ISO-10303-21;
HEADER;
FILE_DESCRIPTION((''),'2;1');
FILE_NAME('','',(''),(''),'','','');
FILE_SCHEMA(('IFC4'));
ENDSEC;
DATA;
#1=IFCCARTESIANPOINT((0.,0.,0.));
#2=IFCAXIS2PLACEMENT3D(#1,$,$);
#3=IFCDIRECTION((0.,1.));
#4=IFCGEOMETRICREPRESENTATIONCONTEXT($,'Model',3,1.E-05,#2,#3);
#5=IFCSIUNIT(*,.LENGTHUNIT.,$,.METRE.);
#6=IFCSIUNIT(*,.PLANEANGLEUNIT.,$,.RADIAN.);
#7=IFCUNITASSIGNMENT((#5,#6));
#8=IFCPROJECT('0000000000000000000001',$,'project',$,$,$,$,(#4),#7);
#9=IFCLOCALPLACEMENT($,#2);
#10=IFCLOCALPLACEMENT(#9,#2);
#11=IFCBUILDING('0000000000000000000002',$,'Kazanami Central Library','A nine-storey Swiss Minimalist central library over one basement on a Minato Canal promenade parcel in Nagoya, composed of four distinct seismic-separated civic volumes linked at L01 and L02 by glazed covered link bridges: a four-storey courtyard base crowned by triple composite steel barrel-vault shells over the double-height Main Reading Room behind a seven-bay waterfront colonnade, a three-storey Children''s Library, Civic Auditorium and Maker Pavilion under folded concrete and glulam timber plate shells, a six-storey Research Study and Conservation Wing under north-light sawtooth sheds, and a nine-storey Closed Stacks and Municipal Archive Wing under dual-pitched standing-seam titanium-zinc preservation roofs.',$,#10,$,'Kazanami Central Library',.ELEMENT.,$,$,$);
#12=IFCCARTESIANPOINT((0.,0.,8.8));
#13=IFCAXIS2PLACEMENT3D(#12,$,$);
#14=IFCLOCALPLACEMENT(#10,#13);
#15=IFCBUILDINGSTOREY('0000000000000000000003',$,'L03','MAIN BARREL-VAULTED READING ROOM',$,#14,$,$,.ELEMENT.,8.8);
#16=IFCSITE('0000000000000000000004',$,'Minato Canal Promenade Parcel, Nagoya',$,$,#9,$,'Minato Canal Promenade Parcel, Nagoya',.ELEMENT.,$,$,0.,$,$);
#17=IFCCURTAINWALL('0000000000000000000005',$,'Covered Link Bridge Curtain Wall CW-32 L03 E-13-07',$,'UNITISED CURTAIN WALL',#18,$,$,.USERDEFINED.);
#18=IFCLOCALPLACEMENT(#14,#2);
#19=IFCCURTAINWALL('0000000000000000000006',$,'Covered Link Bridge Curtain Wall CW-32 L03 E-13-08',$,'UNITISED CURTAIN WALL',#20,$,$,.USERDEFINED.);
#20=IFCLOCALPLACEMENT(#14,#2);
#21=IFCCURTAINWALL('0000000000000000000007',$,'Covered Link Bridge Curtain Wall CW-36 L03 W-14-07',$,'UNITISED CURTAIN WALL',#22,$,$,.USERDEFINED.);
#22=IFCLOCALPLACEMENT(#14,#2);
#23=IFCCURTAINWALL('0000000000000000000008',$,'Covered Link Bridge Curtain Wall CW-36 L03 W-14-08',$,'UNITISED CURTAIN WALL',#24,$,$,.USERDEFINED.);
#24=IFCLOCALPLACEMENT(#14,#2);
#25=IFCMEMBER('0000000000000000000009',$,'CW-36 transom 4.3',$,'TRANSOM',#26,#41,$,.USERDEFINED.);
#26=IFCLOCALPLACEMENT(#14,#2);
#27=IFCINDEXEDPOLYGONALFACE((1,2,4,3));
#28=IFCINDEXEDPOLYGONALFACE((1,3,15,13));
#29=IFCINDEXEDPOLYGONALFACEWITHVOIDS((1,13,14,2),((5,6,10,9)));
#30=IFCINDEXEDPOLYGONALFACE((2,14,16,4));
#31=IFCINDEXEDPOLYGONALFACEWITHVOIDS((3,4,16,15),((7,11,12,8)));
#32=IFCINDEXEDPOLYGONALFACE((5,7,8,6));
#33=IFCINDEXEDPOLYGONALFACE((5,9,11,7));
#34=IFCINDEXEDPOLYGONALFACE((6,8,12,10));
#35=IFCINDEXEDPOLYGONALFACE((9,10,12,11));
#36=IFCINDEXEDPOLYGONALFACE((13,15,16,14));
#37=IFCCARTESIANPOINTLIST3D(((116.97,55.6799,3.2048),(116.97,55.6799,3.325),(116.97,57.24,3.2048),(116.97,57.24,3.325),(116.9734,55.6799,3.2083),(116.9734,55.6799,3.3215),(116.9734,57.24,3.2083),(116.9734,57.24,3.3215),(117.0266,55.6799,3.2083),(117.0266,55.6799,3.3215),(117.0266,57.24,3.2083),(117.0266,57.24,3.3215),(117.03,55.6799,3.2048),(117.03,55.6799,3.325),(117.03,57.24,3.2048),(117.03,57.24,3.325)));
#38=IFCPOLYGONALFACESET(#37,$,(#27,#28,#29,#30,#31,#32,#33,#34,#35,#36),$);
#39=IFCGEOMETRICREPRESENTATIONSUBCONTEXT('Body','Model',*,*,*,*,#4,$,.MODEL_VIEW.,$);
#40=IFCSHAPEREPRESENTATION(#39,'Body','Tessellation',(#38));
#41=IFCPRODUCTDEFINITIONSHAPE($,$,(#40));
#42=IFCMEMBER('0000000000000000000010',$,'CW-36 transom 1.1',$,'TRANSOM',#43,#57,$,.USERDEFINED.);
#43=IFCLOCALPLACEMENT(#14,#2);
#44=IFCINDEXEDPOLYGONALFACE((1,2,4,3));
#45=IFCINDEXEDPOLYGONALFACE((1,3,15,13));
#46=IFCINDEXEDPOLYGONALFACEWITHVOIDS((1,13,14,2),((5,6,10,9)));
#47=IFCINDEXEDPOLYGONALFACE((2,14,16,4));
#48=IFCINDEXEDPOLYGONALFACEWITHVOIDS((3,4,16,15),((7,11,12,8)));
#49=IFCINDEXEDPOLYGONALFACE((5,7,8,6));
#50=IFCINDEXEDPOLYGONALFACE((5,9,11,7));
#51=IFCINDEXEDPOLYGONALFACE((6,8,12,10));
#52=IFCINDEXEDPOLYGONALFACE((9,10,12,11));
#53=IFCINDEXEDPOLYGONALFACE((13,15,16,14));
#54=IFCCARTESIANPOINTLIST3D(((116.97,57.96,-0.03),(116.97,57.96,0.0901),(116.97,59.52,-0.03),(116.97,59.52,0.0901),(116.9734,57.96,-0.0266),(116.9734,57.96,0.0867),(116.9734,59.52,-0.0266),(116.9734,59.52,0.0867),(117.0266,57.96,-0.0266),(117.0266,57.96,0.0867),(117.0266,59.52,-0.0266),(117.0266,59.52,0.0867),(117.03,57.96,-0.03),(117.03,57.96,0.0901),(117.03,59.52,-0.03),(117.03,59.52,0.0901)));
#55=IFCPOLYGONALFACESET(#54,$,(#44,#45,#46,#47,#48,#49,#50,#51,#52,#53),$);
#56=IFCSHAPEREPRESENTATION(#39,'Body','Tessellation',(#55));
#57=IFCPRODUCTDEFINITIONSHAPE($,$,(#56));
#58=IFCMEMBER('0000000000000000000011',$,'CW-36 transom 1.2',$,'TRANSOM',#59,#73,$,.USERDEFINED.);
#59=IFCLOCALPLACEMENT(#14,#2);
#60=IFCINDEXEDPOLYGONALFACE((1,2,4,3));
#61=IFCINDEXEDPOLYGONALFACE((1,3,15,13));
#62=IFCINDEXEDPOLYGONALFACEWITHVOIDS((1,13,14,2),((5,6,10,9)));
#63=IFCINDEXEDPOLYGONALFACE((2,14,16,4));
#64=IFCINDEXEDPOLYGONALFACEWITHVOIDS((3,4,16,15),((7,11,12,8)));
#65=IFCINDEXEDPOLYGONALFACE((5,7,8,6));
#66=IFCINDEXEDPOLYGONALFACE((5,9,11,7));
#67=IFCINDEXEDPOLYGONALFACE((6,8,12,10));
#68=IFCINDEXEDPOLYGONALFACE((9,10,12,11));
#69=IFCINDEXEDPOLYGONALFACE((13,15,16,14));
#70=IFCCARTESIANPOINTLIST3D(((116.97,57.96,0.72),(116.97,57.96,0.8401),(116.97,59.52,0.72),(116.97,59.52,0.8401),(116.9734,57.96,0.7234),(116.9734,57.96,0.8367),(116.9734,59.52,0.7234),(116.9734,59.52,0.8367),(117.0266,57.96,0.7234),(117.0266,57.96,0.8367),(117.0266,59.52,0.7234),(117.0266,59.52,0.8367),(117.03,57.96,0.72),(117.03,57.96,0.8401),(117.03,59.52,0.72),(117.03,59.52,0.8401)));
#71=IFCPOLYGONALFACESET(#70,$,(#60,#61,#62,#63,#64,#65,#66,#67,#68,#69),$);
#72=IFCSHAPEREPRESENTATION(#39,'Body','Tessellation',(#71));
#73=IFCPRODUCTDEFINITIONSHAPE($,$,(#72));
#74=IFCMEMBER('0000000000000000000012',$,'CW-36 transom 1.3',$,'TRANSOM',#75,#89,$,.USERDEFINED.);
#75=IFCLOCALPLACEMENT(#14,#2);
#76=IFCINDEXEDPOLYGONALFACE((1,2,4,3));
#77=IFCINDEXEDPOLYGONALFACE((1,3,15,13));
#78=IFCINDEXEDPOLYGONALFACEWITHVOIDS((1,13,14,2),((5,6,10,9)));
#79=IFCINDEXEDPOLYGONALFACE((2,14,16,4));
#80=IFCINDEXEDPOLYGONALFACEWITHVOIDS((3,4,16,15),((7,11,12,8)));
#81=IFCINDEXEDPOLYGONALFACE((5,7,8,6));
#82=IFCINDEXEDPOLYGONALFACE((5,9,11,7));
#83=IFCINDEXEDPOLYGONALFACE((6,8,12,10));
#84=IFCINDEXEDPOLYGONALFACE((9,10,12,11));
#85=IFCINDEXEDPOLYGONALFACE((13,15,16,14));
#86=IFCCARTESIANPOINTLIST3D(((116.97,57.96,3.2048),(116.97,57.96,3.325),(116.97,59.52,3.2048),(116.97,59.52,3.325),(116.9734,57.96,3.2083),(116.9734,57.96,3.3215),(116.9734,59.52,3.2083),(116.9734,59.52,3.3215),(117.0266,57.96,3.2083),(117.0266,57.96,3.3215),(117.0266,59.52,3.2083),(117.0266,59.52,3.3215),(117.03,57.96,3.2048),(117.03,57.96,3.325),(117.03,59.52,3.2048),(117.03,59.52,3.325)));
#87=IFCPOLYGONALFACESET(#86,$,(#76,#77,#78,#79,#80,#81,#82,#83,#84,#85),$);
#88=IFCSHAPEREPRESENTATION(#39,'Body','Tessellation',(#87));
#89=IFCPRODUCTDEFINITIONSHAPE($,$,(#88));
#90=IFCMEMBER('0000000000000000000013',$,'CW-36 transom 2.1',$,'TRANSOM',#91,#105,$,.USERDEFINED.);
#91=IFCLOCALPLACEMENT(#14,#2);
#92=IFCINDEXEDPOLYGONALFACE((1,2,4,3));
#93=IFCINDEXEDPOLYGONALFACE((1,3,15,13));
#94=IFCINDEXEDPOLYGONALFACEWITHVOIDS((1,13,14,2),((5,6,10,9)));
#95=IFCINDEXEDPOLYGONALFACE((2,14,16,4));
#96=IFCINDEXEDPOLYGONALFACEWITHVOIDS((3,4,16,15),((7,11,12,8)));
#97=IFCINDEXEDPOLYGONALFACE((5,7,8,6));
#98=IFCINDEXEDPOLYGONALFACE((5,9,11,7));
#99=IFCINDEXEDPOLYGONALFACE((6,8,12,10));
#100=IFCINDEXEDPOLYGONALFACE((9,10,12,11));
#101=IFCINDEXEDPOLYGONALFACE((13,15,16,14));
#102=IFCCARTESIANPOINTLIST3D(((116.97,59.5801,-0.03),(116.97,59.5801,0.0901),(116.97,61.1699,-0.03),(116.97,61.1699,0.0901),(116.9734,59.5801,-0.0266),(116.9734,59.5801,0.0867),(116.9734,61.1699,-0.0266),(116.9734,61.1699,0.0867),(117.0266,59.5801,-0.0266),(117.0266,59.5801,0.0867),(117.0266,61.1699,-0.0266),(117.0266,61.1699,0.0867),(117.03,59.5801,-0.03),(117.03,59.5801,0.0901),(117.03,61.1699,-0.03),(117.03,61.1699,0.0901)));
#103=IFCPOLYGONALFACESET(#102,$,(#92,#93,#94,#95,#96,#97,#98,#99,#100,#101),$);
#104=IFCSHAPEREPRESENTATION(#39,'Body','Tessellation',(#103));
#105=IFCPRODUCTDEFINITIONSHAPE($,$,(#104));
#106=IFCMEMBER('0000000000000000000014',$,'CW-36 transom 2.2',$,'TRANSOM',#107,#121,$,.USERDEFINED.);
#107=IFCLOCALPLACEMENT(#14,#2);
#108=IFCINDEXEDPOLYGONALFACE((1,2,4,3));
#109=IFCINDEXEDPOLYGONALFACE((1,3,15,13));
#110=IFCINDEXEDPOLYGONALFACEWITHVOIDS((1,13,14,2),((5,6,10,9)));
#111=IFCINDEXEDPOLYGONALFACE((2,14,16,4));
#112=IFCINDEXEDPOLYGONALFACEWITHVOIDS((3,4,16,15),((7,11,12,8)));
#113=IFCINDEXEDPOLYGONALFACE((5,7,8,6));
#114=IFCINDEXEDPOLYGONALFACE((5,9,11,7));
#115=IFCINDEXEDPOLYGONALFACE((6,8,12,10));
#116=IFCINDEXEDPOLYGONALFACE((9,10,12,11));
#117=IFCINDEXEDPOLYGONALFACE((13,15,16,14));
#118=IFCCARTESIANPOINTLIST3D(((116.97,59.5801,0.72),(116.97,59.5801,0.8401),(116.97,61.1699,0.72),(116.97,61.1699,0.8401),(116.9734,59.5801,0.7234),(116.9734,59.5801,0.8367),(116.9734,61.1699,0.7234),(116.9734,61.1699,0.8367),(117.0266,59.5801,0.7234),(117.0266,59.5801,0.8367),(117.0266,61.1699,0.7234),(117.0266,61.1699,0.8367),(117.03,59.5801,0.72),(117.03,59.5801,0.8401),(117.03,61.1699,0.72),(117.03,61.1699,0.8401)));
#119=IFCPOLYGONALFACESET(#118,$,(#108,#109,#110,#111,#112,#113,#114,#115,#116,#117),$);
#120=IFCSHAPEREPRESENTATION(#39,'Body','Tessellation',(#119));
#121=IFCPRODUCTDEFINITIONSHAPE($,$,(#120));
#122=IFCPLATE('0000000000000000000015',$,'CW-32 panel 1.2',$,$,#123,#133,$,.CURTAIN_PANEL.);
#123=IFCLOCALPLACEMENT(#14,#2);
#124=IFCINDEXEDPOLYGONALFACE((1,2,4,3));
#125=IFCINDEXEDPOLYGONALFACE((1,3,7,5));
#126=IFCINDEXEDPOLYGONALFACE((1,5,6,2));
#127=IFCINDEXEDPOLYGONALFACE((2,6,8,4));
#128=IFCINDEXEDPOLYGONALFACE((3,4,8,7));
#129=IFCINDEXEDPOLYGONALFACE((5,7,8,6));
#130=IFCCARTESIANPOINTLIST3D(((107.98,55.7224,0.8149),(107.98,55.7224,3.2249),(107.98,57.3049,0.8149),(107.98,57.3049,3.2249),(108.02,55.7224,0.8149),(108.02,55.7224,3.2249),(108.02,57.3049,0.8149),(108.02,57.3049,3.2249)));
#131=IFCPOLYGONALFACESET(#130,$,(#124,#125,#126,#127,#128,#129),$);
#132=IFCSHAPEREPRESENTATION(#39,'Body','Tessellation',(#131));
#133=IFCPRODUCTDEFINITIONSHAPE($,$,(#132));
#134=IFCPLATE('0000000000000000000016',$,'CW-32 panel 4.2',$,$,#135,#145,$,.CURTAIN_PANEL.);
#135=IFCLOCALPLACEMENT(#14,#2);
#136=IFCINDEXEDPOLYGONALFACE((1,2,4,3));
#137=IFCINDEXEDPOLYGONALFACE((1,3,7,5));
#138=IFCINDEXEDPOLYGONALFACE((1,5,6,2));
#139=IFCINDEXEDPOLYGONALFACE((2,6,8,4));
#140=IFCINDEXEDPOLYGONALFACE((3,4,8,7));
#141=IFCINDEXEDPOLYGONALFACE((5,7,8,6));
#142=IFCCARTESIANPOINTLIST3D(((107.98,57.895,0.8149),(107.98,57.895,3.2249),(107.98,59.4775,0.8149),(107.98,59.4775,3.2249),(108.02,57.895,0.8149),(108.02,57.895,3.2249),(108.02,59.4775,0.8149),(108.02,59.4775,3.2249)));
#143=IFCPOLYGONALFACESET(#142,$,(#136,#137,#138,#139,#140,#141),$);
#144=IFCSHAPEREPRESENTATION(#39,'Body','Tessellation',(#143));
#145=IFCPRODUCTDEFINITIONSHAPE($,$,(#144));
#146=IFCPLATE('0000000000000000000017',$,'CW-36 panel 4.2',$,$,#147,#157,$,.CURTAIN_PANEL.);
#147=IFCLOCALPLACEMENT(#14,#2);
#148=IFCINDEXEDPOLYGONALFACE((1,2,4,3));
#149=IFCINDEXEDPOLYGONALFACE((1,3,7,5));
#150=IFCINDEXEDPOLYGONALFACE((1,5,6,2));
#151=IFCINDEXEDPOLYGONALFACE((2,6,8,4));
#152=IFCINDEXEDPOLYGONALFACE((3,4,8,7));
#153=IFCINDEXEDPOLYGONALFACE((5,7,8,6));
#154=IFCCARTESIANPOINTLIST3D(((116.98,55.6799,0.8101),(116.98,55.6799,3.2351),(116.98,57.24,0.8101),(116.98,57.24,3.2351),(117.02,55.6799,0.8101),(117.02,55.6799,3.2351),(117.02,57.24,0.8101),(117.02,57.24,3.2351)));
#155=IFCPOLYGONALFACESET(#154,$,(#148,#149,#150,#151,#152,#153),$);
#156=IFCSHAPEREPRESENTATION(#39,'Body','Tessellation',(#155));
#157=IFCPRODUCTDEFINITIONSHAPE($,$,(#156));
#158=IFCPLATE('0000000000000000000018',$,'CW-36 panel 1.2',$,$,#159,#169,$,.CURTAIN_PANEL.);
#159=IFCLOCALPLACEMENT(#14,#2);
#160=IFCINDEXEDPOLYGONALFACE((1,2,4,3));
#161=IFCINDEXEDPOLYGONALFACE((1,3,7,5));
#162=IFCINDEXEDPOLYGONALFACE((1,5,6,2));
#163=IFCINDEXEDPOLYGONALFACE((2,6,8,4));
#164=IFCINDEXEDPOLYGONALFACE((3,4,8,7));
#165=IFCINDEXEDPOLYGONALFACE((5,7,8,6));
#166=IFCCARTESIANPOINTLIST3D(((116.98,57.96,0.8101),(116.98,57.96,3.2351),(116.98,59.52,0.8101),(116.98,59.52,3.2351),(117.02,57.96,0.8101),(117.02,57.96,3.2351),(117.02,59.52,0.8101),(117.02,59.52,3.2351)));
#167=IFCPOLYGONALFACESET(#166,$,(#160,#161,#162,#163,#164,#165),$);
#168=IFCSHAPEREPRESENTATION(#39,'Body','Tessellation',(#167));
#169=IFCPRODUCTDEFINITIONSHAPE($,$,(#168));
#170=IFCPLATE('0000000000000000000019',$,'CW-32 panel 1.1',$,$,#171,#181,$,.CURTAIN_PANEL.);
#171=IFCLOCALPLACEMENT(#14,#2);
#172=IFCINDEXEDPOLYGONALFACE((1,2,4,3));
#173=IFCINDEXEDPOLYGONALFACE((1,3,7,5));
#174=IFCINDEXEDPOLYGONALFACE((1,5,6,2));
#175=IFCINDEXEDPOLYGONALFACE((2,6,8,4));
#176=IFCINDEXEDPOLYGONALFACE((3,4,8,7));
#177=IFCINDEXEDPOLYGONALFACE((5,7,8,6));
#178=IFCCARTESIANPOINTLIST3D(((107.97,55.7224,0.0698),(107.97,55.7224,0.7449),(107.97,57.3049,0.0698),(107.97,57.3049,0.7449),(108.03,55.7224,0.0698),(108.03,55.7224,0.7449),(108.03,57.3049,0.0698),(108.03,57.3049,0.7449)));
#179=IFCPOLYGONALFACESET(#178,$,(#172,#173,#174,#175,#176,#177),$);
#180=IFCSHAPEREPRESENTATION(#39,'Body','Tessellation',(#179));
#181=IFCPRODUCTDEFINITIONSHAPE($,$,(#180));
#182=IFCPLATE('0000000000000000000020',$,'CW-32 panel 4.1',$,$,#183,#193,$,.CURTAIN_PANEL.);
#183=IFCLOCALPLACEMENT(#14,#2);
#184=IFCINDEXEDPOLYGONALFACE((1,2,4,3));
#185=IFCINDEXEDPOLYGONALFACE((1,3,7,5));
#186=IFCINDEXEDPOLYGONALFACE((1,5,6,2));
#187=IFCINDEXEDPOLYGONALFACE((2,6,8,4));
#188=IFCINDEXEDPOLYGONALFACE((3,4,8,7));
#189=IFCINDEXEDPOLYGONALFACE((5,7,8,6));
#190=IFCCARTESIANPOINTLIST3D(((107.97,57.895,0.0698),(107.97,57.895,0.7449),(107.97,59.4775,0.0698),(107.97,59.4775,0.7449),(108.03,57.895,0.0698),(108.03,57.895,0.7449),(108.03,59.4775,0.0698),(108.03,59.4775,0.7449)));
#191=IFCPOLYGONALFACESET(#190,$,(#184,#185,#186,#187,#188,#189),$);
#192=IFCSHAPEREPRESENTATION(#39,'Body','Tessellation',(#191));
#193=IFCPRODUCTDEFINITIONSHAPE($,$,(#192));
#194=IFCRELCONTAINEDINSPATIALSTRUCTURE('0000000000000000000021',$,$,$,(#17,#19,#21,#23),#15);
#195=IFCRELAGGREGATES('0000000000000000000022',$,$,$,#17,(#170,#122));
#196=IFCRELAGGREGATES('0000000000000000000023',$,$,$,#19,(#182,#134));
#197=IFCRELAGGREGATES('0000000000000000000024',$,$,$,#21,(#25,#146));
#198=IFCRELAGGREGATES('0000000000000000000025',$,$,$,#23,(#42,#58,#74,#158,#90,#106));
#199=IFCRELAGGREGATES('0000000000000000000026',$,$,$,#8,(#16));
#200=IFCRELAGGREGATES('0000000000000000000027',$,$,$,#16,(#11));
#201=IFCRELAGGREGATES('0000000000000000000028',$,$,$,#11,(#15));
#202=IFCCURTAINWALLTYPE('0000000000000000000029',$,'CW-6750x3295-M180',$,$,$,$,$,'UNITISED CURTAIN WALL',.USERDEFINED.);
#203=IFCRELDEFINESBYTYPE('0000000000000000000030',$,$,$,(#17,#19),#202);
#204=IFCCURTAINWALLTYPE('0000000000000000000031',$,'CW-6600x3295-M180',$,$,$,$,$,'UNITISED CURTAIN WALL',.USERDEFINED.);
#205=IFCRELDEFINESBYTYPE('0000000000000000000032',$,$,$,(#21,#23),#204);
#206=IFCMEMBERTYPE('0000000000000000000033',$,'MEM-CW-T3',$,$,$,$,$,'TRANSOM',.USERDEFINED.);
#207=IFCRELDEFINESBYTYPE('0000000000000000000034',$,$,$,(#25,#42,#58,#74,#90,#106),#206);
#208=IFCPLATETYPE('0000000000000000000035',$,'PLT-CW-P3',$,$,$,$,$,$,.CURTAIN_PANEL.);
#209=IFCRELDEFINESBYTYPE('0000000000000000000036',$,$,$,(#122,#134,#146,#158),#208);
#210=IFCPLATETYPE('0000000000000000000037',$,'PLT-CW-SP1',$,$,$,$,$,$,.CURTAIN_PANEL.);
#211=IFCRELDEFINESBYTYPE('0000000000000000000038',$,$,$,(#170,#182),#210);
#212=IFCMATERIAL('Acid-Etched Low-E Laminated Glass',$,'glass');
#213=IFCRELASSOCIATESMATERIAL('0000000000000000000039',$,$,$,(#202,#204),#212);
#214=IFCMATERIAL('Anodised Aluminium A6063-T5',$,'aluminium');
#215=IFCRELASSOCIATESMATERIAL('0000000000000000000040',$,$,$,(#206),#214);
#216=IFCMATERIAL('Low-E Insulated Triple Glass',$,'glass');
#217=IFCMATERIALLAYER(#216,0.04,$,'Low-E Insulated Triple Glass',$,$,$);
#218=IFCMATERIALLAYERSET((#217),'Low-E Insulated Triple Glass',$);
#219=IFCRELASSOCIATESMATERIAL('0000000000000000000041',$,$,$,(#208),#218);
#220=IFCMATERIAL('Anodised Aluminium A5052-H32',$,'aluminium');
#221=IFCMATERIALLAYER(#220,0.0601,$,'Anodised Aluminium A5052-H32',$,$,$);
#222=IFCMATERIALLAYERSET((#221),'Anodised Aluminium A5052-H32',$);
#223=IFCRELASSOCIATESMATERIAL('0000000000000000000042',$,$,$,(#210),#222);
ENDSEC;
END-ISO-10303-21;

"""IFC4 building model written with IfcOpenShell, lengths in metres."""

from ifc_helpers import new_model, si_unit, direction, frame, origin, origin_2d, place, context, subcontext, project, spatial, rectangle, hollow_rectangle, extrude, material, layer, layer_set, material_profile, profile_set, type_object, element, aggregate, save


model = new_model("IFC4")

# Units and contexts
model_context = context("Model", 3, precision=1e-05, world=origin(), true_north=direction((0.0, 1.0)))
body_context = subcontext(model_context, "Body", "Model", "MODEL_VIEW")
ifc_project = project(units=[si_unit("LENGTHUNIT", "METRE"), si_unit("PLANEANGLEUNIT", "RADIAN")], contexts=[model_context])

# Site, building, storey
site_placement = place(None, origin())
site = spatial("IfcSite", under=ifc_project, at=site_placement, Name="Minato Canal Promenade Parcel, Nagoya", LongName="Minato Canal Promenade Parcel, Nagoya", CompositionType="ELEMENT", RefElevation=0.0)
building_placement = place(site_placement, origin())
building = spatial("IfcBuilding", under=site, at=building_placement, Name="Kazanami Central Library", Description="A nine-storey Swiss Minimalist central library over one basement on a Minato Canal promenade parcel in Nagoya, composed of four distinct seismic-separated civic volumes linked at L01 and L02 by glazed covered link bridges: a four-storey courtyard base crowned by triple composite steel barrel-vault shells over the double-height Main Reading Room behind a seven-bay waterfront colonnade, a three-storey Children's Library, Civic Auditorium and Maker Pavilion under folded concrete and glulam timber plate shells, a six-storey Research Study and Conservation Wing under north-light sawtooth sheds, and a nine-storey Closed Stacks and Municipal Archive Wing under dual-pitched standing-seam titanium-zinc preservation roofs.", LongName="Kazanami Central Library", CompositionType="ELEMENT")
storey_placement = place(building_placement, frame((0.0, 0.0, 8.8)))
storey = spatial("IfcBuildingStorey", under=building, at=storey_placement, Name="L03", Description="MAIN BARREL-VAULTED READING ROOM", CompositionType="ELEMENT", Elevation=8.8)

# Curtain walls
ifc_material_1 = material(Name="Acid-Etched Low-E Laminated Glass", Category="glass")
curtain_wall_type_1 = type_object("IfcCurtainWallType", Name="CW-6750x3295-M180", ElementType="UNITISED CURTAIN WALL", PredefinedType="USERDEFINED", material=ifc_material_1)
curtain_wall_1_placement = place(storey_placement, origin())
curtain_wall_1 = element("IfcCurtainWall", 1, at=curtain_wall_1_placement, inside=storey, type_object=curtain_wall_type_1, Name="Covered Link Bridge Curtain Wall CW-32 L03 E-13-07", ObjectType="UNITISED CURTAIN WALL", PredefinedType="USERDEFINED")
ifc_material_2 = material(Name="Anodised Aluminium A6063-T5", Category="aluminium")
curtain_wall_2_placement = place(storey_placement, origin())
curtain_wall_2 = element("IfcCurtainWall", 2, at=curtain_wall_2_placement, inside=storey, type_object=curtain_wall_type_1, Name="Covered Link Bridge Curtain Wall CW-32 L03 E-13-08", ObjectType="UNITISED CURTAIN WALL", PredefinedType="USERDEFINED")
curtain_wall_type_2 = type_object("IfcCurtainWallType", Name="CW-6600x3295-M180", ElementType="UNITISED CURTAIN WALL", PredefinedType="USERDEFINED", material=ifc_material_1)
curtain_wall_3_placement = place(storey_placement, origin())
curtain_wall_3 = element("IfcCurtainWall", 3, at=curtain_wall_3_placement, inside=storey, type_object=curtain_wall_type_2, Name="Covered Link Bridge Curtain Wall CW-36 L03 W-14-07", ObjectType="UNITISED CURTAIN WALL", PredefinedType="USERDEFINED")
curtain_wall_4_placement = place(storey_placement, origin())
curtain_wall_4 = element("IfcCurtainWall", 4, at=curtain_wall_4_placement, inside=storey, type_object=curtain_wall_type_2, Name="Covered Link Bridge Curtain Wall CW-36 L03 W-14-08", ObjectType="UNITISED CURTAIN WALL", PredefinedType="USERDEFINED")

# Members
ifc_material_profile_1 = material_profile(ifc_material_2, hollow_rectangle(XDim=0.0601, YDim=0.1201, WallThickness=0.0034, at=origin_2d()), Name="ALU-TRAN-60x120x3.5")
ifc_profile_set_1 = profile_set([ifc_material_profile_1], Name="Anodised Aluminium A6063-T5")
member_type_1 = type_object("IfcMemberType", Name="MEM-CW-T3", ElementType="TRANSOM", PredefinedType="USERDEFINED", material=ifc_profile_set_1)
member_1_placement = place(storey_placement, frame((117.0, 55.6799, 3.2649), z_axis=(0.0, 1.0, 0.0), x_axis=(-1.0, 0.0, 0.0)))
member_1 = element("IfcMember", 5, at=member_1_placement, type_object=member_type_1, Name="CW-36 transom 4.3", ObjectType="TRANSOM", PredefinedType="USERDEFINED", context=body_context, shape_type="SweptSolid", body=[
    extrude(hollow_rectangle(XDim=0.0601, YDim=0.1201, WallThickness=0.0034, at=origin_2d()), origin(), (0.0, 0.0, 1.0), 1.5601),
])
member_2_placement = place(storey_placement, frame((117.0, 57.96, 0.03), z_axis=(0.0, 1.0, 0.0), x_axis=(-1.0, 0.0, 0.0)))
member_2 = element("IfcMember", 6, at=member_2_placement, type_object=member_type_1, Name="CW-36 transom 1.1", ObjectType="TRANSOM", PredefinedType="USERDEFINED", context=body_context, shape_type="SweptSolid", body=[
    extrude(hollow_rectangle(XDim=0.0601, YDim=0.1201, WallThickness=0.0034, at=origin_2d()), origin(), (0.0, 0.0, 1.0), 1.5601),
])
member_3_placement = place(storey_placement, frame((117.0, 57.96, 0.78), z_axis=(0.0, 1.0, 0.0), x_axis=(-1.0, 0.0, 0.0)))
member_3 = element("IfcMember", 7, at=member_3_placement, type_object=member_type_1, Name="CW-36 transom 1.2", ObjectType="TRANSOM", PredefinedType="USERDEFINED", context=body_context, shape_type="SweptSolid", body=[
    extrude(hollow_rectangle(XDim=0.0601, YDim=0.1201, WallThickness=0.0034, at=origin_2d()), origin(), (0.0, 0.0, 1.0), 1.5601),
])
member_4_placement = place(storey_placement, frame((117.0, 57.96, 3.2649), z_axis=(0.0, 1.0, 0.0), x_axis=(-1.0, 0.0, 0.0)))
member_4 = element("IfcMember", 8, at=member_4_placement, type_object=member_type_1, Name="CW-36 transom 1.3", ObjectType="TRANSOM", PredefinedType="USERDEFINED", context=body_context, shape_type="SweptSolid", body=[
    extrude(hollow_rectangle(XDim=0.0601, YDim=0.1201, WallThickness=0.0034, at=origin_2d()), origin(), (0.0, 0.0, 1.0), 1.5601),
])
member_5_placement = place(storey_placement, frame((117.0, 59.5801, 0.03), z_axis=(0.0, 1.0, 0.0), x_axis=(-1.0, 0.0, 0.0)))
member_5 = element("IfcMember", 9, at=member_5_placement, type_object=member_type_1, Name="CW-36 transom 2.1", ObjectType="TRANSOM", PredefinedType="USERDEFINED", context=body_context, shape_type="SweptSolid", body=[
    extrude(hollow_rectangle(XDim=0.0601, YDim=0.1201, WallThickness=0.0034, at=origin_2d()), origin(), (0.0, 0.0, 1.0), 1.5898),
])
member_6_placement = place(storey_placement, frame((117.0, 59.5801, 0.78), z_axis=(0.0, 1.0, 0.0), x_axis=(-1.0, 0.0, 0.0)))
member_6 = element("IfcMember", 10, at=member_6_placement, type_object=member_type_1, Name="CW-36 transom 2.2", ObjectType="TRANSOM", PredefinedType="USERDEFINED", context=body_context, shape_type="SweptSolid", body=[
    extrude(hollow_rectangle(XDim=0.0601, YDim=0.1201, WallThickness=0.0034, at=origin_2d()), origin(), (0.0, 0.0, 1.0), 1.5898),
])

# Plates
ifc_material_3 = material(Name="Low-E Insulated Triple Glass", Category="glass")
ifc_layer_1 = layer(ifc_material_3, 0.04, Name="Low-E Insulated Triple Glass")
ifc_layer_set_1 = layer_set([ifc_layer_1], Name="Low-E Insulated Triple Glass")
plate_type_1 = type_object("IfcPlateType", Name="PLT-CW-P3", PredefinedType="CURTAIN_PANEL", material=ifc_layer_set_1)
plate_1_placement = place(storey_placement, frame((108.0, 56.5137, 0.8149), z_axis=(0.0, 0.0, 1.0), x_axis=(0.0, -1.0, 0.0)))
plate_1 = element("IfcPlate", 11, at=plate_1_placement, type_object=plate_type_1, Name="CW-32 panel 1.2", PredefinedType="CURTAIN_PANEL", context=body_context, shape_type="SweptSolid", body=[
    extrude(rectangle(XDim=1.5825, YDim=0.04, at=origin_2d()), origin(), (0.0, 0.0, 1.0), 2.4099),
])
plate_2_placement = place(storey_placement, frame((108.0, 58.6863, 0.8149), z_axis=(0.0, 0.0, 1.0), x_axis=(0.0, -1.0, 0.0)))
plate_2 = element("IfcPlate", 12, at=plate_2_placement, type_object=plate_type_1, Name="CW-32 panel 4.2", PredefinedType="CURTAIN_PANEL", context=body_context, shape_type="SweptSolid", body=[
    extrude(rectangle(XDim=1.5825, YDim=0.04, at=origin_2d()), origin(), (0.0, 0.0, 1.0), 2.4099),
])
plate_3_placement = place(storey_placement, frame((117.0, 56.46, 0.8101), z_axis=(0.0, 0.0, 1.0), x_axis=(0.0, 1.0, 0.0)))
plate_3 = element("IfcPlate", 13, at=plate_3_placement, type_object=plate_type_1, Name="CW-36 panel 4.2", PredefinedType="CURTAIN_PANEL", context=body_context, shape_type="SweptSolid", body=[
    extrude(rectangle(XDim=1.5601, YDim=0.04, at=origin_2d()), origin(), (0.0, 0.0, 1.0), 2.425),
])
plate_4_placement = place(storey_placement, frame((117.0, 58.74, 0.8101), z_axis=(0.0, 0.0, 1.0), x_axis=(0.0, 1.0, 0.0)))
plate_4 = element("IfcPlate", 14, at=plate_4_placement, type_object=plate_type_1, Name="CW-36 panel 1.2", PredefinedType="CURTAIN_PANEL", context=body_context, shape_type="SweptSolid", body=[
    extrude(rectangle(XDim=1.5601, YDim=0.04, at=origin_2d()), origin(), (0.0, 0.0, 1.0), 2.425),
])
ifc_material_4 = material(Name="Anodised Aluminium A5052-H32", Category="aluminium")
ifc_layer_2 = layer(ifc_material_4, 0.0601, Name="Anodised Aluminium A5052-H32")
ifc_layer_set_2 = layer_set([ifc_layer_2], Name="Anodised Aluminium A5052-H32")
plate_type_2 = type_object("IfcPlateType", Name="PLT-CW-SP1", PredefinedType="CURTAIN_PANEL", material=ifc_layer_set_2)
plate_5_placement = place(storey_placement, frame((108.0, 56.5137, 0.0698), z_axis=(0.0, 0.0, 1.0), x_axis=(0.0, -1.0, 0.0)))
plate_5 = element("IfcPlate", 15, at=plate_5_placement, type_object=plate_type_2, Name="CW-32 panel 1.1", PredefinedType="CURTAIN_PANEL", context=body_context, shape_type="SweptSolid", body=[
    extrude(rectangle(XDim=1.5825, YDim=0.0601, at=origin_2d()), origin(), (0.0, 0.0, 1.0), 0.675),
])
aggregate(curtain_wall_1, [plate_5, plate_1])
plate_6_placement = place(storey_placement, frame((108.0, 58.6863, 0.0698), z_axis=(0.0, 0.0, 1.0), x_axis=(0.0, -1.0, 0.0)))
plate_6 = element("IfcPlate", 16, at=plate_6_placement, type_object=plate_type_2, Name="CW-32 panel 4.1", PredefinedType="CURTAIN_PANEL", context=body_context, shape_type="SweptSolid", body=[
    extrude(rectangle(XDim=1.5825, YDim=0.0601, at=origin_2d()), origin(), (0.0, 0.0, 1.0), 0.675),
])
aggregate(curtain_wall_2, [plate_6, plate_2])
aggregate(curtain_wall_3, [member_1, plate_3])
aggregate(curtain_wall_4, [member_2, member_3, member_4, plate_4, member_5, member_6])

save(model, "model.ifc")
